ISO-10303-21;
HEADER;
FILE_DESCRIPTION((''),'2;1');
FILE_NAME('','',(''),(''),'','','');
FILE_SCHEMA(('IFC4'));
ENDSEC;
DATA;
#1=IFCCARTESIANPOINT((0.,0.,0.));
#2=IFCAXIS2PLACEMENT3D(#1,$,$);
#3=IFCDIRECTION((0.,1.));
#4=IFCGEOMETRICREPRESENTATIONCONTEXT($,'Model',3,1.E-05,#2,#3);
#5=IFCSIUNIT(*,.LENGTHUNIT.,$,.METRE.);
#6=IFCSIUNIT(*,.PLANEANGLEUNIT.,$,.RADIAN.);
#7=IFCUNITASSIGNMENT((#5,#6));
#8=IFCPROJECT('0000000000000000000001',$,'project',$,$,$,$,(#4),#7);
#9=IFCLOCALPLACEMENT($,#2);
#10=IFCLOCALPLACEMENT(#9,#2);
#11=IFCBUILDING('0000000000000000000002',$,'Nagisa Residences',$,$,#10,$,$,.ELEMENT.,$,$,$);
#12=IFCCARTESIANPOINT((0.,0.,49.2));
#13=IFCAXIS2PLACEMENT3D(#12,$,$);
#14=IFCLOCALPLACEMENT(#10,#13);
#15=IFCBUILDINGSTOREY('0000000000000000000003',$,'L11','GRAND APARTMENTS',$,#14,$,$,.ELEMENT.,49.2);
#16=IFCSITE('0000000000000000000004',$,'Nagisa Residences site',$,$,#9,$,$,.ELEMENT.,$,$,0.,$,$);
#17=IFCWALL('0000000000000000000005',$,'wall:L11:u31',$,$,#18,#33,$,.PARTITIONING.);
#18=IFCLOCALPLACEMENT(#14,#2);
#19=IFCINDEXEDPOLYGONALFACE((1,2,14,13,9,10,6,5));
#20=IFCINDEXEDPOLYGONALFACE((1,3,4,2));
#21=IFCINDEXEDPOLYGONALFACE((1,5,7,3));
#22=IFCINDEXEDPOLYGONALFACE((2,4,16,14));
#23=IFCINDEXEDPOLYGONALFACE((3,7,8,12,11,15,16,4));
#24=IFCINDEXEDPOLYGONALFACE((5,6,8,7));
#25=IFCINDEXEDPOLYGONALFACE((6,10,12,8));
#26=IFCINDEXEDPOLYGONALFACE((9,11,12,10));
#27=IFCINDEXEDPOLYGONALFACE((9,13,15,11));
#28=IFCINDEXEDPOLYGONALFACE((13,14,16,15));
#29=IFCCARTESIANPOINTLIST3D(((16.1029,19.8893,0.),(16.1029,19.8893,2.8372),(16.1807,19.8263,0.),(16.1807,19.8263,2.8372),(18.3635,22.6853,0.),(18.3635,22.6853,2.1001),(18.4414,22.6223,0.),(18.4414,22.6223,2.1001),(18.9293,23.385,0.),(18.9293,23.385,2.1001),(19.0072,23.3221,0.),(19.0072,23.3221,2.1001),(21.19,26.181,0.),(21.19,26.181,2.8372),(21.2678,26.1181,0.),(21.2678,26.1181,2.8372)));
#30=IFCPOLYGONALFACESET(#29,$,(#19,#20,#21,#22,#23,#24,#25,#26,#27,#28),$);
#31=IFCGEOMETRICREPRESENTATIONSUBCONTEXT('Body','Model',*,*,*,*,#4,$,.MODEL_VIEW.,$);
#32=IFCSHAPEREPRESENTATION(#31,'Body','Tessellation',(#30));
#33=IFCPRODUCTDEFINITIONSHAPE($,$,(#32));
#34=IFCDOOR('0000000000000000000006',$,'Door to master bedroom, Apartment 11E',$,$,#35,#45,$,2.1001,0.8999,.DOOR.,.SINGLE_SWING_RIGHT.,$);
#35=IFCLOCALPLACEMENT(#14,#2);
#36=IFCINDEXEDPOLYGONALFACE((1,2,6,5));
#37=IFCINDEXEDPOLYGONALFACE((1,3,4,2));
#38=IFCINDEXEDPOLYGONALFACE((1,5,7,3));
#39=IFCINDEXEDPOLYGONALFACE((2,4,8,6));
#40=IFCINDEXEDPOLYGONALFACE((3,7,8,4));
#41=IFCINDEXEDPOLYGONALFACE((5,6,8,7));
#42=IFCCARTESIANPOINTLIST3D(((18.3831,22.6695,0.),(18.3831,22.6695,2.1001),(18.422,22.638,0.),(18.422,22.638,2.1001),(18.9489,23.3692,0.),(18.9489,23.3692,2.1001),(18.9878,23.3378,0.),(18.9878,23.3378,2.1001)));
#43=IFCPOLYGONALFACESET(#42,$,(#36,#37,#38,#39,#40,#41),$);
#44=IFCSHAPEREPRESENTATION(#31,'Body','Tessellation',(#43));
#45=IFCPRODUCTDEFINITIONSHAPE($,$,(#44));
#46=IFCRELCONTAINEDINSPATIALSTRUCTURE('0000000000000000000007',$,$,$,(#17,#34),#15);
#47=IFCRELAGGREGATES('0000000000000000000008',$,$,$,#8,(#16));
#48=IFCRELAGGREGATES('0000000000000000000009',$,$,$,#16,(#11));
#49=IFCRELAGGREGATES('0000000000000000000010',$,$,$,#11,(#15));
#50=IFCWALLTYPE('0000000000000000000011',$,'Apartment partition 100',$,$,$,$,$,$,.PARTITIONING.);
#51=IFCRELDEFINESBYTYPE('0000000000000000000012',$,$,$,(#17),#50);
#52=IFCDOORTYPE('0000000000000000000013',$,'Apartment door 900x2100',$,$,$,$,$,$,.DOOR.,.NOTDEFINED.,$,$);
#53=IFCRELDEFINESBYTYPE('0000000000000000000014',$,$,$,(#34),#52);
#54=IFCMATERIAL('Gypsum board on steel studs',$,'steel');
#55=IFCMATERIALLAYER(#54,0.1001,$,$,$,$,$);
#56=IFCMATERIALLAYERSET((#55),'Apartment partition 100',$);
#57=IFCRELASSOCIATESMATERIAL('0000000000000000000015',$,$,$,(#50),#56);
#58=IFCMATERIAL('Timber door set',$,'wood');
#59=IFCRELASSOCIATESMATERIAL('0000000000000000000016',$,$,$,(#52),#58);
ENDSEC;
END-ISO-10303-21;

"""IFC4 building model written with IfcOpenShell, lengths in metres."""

from ifc_helpers import new_model, si_unit, direction, frame, frame_2d, origin, place, context, subcontext, project, spatial, rectangle, extrude, material, layer, layer_set, type_object, element, fill, save


model = new_model("IFC4")

# Units and contexts
model_context = context("Model", 3, precision=1e-05, world=origin(), true_north=direction((0.0, 1.0)))
body_context = subcontext(model_context, "Body", "Model", "MODEL_VIEW")
ifc_project = project(units=[si_unit("LENGTHUNIT", "METRE"), si_unit("PLANEANGLEUNIT", "RADIAN")], contexts=[model_context])

# Site, building, storey
site_placement = place(None, origin())
site = spatial("IfcSite", under=ifc_project, at=site_placement, Name="Nagisa Residences site", CompositionType="ELEMENT", RefElevation=0.0)
building_placement = place(site_placement, origin())
building = spatial("IfcBuilding", under=site, at=building_placement, Name="Nagisa Residences", CompositionType="ELEMENT")
storey_placement = place(building_placement, frame((0.0, 0.0, 49.2)))
storey = spatial("IfcBuildingStorey", under=building, at=storey_placement, Name="L11", Description="GRAND APARTMENTS", CompositionType="ELEMENT", Elevation=49.2)

# Wall, opening, door
ifc_material_1 = material(Name="Gypsum board on steel studs", Category="steel")
ifc_layer_1 = layer(ifc_material_1, 0.1001)
ifc_layer_set_1 = layer_set([ifc_layer_1], Name="Apartment partition 100")
wall_type_1 = type_object("IfcWallType", Name="Apartment partition 100", PredefinedType="PARTITIONING", material=ifc_layer_set_1)
ifc_material_2 = material(Name="Timber door set", Category="wood")
door_type_1 = type_object("IfcDoorType", Name="Apartment door 900x2100", OperationType="NOTDEFINED", PredefinedType="DOOR", material=ifc_material_2)
wall_1_placement = place(storey_placement, frame((16.1418, 19.8579, 0.0), z_axis=(0.0, 0.0, 1.0), x_axis=(0.628738, 0.777617, 0.0)))
wall_1 = element("IfcWall", 1, at=wall_1_placement, inside=storey, type_object=wall_type_1, Name="wall:L11:u31", PredefinedType="PARTITIONING", context=body_context, shape_type="SweptSolid", body=[
    extrude(rectangle(XDim=8.0911, YDim=0.1001, at=frame_2d((4.0454, 0.0))), origin(), (0.0, 0.0, 1.0), 2.8372),
])
opening_1_placement = place(wall_1_placement, frame((3.5955, 0.0, 0.0)))
opening_1 = element("IfcOpeningElement", 2, at=opening_1_placement, cuts=wall_1, PredefinedType="OPENING", context=body_context, shape_type="SweptSolid", body=[
    extrude(rectangle(XDim=0.8999, YDim=2.1001, at=frame_2d((0.45, 1.05))), frame((0.0, 0.0601, 0.0), z_axis=(0.0, -1.0, 0.0), x_axis=(1.0, 0.0, 0.0)), (0.0, 0.0, 1.0), 0.1201),
])
door_1_placement = place(opening_1_placement, origin())
door_1 = element("IfcDoor", 3, at=door_1_placement, inside=storey, type_object=door_type_1, Name="Door to master bedroom, Apartment 11E", OperationType="SINGLE_SWING_RIGHT", OverallHeight=2.1001, OverallWidth=0.8999, PredefinedType="DOOR", context=body_context, shape_type="SweptSolid", body=[
    extrude(rectangle(XDim=0.8999, YDim=2.1001, at=frame_2d((0.45, 1.05))), frame((0.0, 0.0249, 0.0), z_axis=(0.0, -1.0, 0.0), x_axis=(1.0, 0.0, 0.0)), (0.0, 0.0, 1.0), 0.05),
])
fill(opening_1, door_1)

save(model, "model.ifc")
